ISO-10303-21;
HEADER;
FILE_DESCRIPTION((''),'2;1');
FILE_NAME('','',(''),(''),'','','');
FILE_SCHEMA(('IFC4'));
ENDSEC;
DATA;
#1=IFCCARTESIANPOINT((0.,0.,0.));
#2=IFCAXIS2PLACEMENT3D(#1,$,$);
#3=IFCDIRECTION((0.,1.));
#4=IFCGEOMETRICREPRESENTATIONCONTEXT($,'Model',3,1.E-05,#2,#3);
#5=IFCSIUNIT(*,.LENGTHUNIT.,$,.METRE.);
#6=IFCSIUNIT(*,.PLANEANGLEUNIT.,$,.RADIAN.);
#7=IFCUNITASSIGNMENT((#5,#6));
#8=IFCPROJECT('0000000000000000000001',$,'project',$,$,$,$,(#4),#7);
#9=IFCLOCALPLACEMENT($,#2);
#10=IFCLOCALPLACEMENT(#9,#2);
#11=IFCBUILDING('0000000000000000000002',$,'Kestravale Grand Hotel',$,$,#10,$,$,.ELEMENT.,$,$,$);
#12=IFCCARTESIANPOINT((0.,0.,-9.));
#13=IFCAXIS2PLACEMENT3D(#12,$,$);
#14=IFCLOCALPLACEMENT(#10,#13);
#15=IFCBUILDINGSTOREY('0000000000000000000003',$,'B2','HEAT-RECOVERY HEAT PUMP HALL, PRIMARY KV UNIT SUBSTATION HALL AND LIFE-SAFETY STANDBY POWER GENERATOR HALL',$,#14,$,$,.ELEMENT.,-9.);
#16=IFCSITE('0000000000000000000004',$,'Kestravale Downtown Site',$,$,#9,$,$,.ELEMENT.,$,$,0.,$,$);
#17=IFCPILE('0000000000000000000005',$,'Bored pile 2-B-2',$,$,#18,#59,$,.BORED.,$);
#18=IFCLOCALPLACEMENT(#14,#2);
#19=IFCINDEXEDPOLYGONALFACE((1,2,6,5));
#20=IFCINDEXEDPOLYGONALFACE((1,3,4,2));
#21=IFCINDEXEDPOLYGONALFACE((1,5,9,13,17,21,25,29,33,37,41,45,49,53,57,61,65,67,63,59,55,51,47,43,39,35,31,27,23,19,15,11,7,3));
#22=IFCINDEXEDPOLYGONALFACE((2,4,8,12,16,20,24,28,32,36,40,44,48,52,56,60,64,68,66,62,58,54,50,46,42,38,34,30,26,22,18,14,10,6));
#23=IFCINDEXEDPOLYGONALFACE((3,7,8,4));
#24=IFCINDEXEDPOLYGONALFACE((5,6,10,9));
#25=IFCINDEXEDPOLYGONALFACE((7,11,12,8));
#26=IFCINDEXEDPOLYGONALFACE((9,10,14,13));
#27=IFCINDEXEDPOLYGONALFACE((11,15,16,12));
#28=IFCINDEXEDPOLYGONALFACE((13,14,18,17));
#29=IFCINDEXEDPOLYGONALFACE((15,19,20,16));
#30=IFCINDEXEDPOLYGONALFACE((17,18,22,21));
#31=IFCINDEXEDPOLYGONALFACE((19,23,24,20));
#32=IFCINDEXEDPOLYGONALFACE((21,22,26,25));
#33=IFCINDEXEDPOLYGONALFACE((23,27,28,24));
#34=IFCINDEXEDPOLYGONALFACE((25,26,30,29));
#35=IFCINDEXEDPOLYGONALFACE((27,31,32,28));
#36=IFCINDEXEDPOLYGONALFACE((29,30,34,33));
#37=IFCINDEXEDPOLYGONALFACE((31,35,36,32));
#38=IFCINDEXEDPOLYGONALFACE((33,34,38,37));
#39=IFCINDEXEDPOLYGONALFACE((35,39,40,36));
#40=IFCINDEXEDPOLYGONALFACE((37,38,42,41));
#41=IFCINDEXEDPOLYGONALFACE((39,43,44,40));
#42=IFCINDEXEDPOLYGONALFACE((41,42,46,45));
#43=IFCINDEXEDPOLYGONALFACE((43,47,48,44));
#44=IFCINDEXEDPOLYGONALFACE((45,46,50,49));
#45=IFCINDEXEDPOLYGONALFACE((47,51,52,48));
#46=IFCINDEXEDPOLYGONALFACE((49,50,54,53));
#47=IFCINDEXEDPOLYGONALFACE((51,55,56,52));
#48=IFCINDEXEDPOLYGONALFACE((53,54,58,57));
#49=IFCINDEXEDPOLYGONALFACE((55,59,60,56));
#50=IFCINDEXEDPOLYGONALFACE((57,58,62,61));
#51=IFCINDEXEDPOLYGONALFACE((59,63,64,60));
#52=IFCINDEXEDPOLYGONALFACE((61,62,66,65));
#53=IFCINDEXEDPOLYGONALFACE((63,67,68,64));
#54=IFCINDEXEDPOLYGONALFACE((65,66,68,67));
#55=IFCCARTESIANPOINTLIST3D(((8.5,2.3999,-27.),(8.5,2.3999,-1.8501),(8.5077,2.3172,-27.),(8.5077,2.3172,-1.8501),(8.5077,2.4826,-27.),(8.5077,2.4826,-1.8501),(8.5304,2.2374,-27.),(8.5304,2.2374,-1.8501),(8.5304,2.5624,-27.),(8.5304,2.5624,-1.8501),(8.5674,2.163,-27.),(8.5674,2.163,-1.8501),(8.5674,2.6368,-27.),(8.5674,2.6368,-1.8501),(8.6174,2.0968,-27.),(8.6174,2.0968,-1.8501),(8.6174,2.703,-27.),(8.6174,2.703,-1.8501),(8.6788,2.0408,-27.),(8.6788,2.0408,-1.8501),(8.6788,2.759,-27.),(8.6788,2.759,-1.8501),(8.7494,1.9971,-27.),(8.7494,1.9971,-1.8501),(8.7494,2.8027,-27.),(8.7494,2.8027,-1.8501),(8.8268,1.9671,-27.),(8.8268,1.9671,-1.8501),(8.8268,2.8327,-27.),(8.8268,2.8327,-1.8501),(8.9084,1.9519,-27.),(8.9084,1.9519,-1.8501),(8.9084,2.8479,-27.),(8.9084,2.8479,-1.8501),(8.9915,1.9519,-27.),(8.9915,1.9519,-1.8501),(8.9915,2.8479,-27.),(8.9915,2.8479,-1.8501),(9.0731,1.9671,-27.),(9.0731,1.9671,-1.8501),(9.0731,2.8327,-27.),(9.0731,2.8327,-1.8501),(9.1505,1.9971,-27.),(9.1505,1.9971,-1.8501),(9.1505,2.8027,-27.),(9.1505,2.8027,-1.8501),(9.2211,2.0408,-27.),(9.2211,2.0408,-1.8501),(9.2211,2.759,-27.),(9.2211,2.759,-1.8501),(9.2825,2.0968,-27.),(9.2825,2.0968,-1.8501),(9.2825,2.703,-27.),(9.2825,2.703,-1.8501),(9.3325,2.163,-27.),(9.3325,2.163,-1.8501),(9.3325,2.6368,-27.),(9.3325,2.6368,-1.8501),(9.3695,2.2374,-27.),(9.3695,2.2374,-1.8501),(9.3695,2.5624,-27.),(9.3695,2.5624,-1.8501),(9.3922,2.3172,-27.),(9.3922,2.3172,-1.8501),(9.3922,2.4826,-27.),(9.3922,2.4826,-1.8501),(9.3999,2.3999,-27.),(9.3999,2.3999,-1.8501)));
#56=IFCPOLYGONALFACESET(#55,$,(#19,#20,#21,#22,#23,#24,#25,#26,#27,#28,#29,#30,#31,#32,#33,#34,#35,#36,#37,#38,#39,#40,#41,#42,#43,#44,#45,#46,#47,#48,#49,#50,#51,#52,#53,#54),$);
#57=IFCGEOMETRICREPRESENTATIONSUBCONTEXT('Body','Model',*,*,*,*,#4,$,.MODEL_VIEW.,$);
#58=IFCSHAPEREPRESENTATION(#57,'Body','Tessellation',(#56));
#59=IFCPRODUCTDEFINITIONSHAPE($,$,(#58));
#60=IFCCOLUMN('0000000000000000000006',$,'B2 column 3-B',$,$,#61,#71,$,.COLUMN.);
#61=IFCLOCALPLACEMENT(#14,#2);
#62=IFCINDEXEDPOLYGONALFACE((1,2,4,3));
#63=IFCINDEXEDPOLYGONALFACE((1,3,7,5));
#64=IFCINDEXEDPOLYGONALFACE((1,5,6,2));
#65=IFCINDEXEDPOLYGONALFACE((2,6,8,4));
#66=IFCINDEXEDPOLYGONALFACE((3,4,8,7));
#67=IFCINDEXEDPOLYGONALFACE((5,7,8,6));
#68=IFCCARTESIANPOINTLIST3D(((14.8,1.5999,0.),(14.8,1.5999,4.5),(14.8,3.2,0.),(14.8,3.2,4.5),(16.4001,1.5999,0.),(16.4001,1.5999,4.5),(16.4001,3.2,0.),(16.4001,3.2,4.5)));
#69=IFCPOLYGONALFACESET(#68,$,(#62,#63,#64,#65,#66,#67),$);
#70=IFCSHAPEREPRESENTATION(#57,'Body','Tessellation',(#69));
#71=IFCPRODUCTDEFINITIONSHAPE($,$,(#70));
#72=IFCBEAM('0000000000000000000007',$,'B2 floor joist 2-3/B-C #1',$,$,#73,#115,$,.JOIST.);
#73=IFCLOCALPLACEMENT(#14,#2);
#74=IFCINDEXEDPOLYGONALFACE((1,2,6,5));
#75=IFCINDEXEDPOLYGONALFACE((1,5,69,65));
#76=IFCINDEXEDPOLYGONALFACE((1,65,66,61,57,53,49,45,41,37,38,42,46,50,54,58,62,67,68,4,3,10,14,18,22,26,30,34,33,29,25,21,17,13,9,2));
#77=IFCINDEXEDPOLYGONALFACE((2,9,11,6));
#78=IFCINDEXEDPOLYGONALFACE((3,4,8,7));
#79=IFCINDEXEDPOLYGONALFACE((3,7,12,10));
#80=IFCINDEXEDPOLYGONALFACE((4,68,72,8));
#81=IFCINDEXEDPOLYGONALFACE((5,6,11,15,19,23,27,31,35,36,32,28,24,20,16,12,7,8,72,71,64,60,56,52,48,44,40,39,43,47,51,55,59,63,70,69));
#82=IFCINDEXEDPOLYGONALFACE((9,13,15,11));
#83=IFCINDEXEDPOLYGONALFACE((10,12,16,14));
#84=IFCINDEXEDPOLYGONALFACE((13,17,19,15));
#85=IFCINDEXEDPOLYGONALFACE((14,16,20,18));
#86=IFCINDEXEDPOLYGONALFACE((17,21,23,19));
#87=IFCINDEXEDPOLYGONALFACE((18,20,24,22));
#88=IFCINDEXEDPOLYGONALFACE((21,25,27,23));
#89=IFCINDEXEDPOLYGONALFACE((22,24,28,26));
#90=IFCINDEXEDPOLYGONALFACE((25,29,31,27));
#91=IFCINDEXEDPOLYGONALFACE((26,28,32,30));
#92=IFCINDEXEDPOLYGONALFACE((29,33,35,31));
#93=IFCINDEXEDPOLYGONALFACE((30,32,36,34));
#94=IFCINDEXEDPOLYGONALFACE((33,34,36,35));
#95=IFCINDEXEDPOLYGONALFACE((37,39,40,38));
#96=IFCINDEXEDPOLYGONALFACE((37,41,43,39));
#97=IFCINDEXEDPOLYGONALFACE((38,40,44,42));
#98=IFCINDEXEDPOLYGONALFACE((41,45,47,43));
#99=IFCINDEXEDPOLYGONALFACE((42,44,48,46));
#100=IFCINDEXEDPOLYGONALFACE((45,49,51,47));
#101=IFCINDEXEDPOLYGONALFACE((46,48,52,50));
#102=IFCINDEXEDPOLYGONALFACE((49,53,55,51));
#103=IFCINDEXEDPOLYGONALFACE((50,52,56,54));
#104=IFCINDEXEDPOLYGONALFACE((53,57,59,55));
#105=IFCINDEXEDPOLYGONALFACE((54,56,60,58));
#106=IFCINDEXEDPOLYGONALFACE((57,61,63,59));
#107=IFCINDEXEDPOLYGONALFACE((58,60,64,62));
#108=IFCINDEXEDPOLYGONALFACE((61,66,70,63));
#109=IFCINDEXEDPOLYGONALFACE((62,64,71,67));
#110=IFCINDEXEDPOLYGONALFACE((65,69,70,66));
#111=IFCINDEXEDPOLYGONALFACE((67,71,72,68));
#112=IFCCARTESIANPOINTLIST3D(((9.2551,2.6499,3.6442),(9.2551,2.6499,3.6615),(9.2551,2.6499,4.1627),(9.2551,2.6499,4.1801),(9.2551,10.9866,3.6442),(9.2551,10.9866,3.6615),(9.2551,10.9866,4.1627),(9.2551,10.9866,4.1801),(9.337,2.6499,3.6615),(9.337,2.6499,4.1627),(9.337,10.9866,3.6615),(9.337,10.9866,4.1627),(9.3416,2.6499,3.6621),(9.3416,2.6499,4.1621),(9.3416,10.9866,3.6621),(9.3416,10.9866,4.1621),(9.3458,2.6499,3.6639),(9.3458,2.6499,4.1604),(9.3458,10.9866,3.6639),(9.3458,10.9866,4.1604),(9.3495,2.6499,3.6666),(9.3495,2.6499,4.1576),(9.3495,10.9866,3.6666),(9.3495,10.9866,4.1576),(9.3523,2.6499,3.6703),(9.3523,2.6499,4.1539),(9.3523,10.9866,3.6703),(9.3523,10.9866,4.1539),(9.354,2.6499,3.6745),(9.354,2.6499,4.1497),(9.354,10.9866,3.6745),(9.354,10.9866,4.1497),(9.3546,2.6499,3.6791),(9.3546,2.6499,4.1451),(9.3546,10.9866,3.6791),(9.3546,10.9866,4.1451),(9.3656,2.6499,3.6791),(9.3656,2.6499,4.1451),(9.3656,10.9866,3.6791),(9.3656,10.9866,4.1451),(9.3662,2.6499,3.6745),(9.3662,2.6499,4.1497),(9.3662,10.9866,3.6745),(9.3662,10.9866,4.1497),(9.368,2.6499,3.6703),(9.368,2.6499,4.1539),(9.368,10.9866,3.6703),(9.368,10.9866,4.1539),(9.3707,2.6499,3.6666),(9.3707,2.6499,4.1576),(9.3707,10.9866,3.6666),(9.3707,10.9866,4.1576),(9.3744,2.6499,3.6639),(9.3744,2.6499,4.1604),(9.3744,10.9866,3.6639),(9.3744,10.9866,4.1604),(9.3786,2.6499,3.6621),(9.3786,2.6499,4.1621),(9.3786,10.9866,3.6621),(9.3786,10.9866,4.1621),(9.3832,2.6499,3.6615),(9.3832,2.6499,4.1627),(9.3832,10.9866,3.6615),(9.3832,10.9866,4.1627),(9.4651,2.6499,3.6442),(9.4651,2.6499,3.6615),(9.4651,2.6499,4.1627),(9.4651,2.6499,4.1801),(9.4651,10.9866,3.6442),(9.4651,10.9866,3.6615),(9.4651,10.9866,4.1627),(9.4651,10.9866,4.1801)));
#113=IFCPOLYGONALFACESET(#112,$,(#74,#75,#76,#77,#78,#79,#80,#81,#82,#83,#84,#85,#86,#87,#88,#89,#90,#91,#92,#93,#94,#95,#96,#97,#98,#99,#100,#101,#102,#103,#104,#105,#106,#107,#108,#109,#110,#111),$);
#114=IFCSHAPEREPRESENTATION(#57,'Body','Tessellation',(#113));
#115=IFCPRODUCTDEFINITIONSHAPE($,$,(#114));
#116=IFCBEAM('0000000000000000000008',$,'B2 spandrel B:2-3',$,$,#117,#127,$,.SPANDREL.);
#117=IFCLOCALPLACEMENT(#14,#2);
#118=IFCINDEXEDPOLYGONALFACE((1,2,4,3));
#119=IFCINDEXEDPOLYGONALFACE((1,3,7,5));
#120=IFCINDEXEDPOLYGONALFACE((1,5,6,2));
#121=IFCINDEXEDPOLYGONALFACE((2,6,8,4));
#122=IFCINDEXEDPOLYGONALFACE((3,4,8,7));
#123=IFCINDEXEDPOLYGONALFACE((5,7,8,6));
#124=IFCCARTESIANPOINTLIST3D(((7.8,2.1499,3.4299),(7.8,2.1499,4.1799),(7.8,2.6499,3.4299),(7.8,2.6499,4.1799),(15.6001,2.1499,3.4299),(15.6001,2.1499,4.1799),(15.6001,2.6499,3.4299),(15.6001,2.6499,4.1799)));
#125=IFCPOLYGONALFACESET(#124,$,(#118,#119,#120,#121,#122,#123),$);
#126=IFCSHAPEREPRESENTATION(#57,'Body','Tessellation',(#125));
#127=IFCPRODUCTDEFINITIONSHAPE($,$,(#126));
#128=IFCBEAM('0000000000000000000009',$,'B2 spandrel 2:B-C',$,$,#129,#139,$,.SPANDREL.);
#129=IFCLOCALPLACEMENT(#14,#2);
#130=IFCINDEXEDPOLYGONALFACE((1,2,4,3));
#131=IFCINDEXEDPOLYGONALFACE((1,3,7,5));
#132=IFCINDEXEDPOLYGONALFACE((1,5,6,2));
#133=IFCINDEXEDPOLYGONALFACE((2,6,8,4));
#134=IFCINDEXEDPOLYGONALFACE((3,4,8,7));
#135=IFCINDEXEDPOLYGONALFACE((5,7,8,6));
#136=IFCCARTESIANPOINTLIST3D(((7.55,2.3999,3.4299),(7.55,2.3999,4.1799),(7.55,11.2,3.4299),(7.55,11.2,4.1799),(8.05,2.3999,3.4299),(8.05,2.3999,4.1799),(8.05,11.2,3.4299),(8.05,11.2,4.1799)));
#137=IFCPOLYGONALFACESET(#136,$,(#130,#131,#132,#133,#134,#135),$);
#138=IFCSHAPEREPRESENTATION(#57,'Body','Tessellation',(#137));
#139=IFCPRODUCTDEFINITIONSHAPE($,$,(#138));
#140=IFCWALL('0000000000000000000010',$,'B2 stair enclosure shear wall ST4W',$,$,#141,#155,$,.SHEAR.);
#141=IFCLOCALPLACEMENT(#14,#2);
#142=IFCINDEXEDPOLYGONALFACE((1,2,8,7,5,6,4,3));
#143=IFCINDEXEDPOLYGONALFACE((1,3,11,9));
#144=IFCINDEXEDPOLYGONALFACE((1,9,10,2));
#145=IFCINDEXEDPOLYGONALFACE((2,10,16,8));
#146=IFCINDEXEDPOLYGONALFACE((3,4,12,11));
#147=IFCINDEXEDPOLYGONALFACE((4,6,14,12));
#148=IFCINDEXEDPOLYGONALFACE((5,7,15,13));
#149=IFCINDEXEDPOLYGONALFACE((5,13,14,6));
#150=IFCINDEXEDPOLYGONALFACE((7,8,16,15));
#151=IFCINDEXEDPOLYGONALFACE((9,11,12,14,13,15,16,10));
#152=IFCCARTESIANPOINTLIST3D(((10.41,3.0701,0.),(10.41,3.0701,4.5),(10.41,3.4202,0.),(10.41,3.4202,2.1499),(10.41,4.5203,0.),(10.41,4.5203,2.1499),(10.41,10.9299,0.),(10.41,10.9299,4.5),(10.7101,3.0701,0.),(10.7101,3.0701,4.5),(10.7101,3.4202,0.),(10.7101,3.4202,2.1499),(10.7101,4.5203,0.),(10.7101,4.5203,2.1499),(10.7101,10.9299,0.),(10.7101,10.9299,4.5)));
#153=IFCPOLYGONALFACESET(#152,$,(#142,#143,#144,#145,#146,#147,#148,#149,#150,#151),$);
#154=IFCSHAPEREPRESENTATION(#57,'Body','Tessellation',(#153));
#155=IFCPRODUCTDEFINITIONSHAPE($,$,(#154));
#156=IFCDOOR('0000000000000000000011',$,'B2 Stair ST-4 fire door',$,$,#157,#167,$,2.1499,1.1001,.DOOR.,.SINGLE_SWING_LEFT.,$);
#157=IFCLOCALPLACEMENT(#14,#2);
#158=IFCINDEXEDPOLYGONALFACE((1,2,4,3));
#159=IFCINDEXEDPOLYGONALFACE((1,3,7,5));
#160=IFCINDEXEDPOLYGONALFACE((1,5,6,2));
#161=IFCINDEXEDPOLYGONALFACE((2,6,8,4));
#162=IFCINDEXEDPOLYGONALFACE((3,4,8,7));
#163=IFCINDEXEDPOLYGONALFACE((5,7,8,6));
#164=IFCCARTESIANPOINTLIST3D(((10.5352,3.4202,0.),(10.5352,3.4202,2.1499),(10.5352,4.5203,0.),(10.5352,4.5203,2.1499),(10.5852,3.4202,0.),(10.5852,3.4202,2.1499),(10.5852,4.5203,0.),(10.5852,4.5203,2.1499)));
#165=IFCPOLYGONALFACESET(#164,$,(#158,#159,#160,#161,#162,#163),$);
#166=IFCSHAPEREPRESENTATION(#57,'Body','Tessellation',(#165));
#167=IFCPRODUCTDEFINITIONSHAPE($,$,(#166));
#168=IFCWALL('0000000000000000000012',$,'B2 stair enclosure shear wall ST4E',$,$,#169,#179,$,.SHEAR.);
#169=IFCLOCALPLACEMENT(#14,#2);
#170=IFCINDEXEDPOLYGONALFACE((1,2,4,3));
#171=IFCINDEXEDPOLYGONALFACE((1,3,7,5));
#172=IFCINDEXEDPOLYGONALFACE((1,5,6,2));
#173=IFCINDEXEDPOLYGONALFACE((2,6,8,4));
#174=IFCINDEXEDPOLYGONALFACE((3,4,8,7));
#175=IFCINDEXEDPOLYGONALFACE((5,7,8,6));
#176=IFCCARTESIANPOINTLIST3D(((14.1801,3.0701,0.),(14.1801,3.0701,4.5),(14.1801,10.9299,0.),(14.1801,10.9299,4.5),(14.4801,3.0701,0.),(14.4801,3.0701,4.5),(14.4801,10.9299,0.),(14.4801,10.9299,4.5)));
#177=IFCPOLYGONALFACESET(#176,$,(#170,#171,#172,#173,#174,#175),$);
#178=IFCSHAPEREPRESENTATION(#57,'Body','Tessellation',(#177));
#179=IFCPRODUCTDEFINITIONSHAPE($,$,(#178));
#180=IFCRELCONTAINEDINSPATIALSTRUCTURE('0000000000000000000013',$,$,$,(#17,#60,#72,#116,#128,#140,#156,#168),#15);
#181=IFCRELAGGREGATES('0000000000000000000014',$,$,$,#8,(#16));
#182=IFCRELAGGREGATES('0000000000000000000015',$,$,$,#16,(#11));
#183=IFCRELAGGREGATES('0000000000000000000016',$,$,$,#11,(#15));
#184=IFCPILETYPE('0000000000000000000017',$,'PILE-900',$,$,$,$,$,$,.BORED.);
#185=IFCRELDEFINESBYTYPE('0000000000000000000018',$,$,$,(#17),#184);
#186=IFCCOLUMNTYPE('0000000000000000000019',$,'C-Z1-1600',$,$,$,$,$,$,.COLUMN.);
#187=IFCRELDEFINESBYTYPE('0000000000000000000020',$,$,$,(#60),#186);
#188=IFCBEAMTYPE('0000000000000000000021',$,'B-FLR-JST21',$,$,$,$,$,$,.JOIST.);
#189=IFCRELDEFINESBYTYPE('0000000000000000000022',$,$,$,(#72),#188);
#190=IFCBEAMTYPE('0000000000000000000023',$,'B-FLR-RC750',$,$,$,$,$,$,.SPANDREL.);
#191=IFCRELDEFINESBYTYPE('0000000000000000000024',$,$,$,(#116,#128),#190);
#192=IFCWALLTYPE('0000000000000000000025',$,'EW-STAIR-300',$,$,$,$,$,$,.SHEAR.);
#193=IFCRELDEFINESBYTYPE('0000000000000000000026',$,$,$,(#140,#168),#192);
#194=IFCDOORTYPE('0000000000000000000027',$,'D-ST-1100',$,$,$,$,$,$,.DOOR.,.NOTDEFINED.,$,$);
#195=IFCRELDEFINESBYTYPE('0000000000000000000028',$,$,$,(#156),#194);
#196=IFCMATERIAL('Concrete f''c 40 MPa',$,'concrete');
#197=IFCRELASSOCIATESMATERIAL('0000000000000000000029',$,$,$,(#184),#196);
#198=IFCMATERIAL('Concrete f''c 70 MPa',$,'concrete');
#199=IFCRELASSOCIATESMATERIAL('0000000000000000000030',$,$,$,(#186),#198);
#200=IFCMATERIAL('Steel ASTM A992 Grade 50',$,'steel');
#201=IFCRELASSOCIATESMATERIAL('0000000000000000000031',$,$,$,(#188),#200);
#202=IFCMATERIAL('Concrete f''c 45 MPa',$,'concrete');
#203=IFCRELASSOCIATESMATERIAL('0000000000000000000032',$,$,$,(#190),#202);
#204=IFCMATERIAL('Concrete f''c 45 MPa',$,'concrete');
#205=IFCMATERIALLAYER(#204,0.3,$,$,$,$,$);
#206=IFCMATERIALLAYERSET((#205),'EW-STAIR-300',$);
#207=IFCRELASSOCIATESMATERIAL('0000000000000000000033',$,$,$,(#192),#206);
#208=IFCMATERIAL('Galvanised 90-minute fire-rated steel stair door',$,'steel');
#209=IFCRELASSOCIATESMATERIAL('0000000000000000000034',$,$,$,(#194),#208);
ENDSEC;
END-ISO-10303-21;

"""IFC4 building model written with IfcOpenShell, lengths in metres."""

from ifc_helpers import new_model, si_unit, direction, frame, frame_2d, origin, origin_2d, place, context, subcontext, project, spatial, rectangle, circle, i_section, extrude, material, layer, layer_set, material_profile, profile_set, type_object, element, fill, save


model = new_model("IFC4")

# Units and contexts
model_context = context("Model", 3, precision=1e-05, world=origin(), true_north=direction((0.0, 1.0)))
body_context = subcontext(model_context, "Body", "Model", "MODEL_VIEW")
ifc_project = project(units=[si_unit("LENGTHUNIT", "METRE"), si_unit("PLANEANGLEUNIT", "RADIAN")], contexts=[model_context])

# Site, building, storey
site_placement = place(None, origin())
site = spatial("IfcSite", under=ifc_project, at=site_placement, Name="Kestravale Downtown Site", CompositionType="ELEMENT", RefElevation=0.0)
building_placement = place(site_placement, origin())
building = spatial("IfcBuilding", under=site, at=building_placement, Name="Kestravale Grand Hotel", CompositionType="ELEMENT")
storey_placement = place(building_placement, frame((0.0, 0.0, -9.0)))
storey = spatial("IfcBuildingStorey", under=building, at=storey_placement, Name="B2", Description="HEAT-RECOVERY HEAT PUMP HALL, PRIMARY KV UNIT SUBSTATION HALL AND LIFE-SAFETY STANDBY POWER GENERATOR HALL", CompositionType="ELEMENT", Elevation=-9.0)

# Pile
ifc_material_1 = material(Name="Concrete f'c 40 MPa", Category="concrete")
ifc_material_profile_1 = material_profile(ifc_material_1, circle(Radius=0.45, at=origin_2d()))
ifc_profile_set_1 = profile_set([ifc_material_profile_1], Name="Concrete f'c 40 MPa")
pile_type_1 = type_object("IfcPileType", Name="PILE-900", PredefinedType="BORED", material=ifc_profile_set_1)
pile_placement = place(storey_placement, frame((8.95, 2.3999, -1.8501), z_axis=(0.0, 0.0, -1.0), x_axis=(1.0, 0.0, 0.0)))
element("IfcPile", 1, at=pile_placement, inside=storey, type_object=pile_type_1, Name="Bored pile 2-B-2", PredefinedType="BORED", context=body_context, shape_type="SweptSolid", body=[
    extrude(circle(Radius=0.45, at=origin_2d()), origin(), (0.0, 0.0, 1.0), 25.1499),
])

# Column
ifc_material_2 = material(Name="Concrete f'c 70 MPa", Category="concrete")
ifc_material_profile_2 = material_profile(ifc_material_2, rectangle(XDim=1.6001, YDim=1.6001, at=origin_2d()))
ifc_profile_set_2 = profile_set([ifc_material_profile_2], Name="Concrete f'c 70 MPa")
column_type = type_object("IfcColumnType", Name="C-Z1-1600", PredefinedType="COLUMN", material=ifc_profile_set_2)
column_placement = place(storey_placement, frame((15.6001, 2.3999, 0.0), z_axis=(0.0, 0.0, 1.0), x_axis=(1.0, 0.0, 0.0)))
element("IfcColumn", 2, at=column_placement, inside=storey, type_object=column_type, Name="B2 column 3-B", PredefinedType="COLUMN", context=body_context, shape_type="SweptSolid", body=[
    extrude(rectangle(XDim=1.6001, YDim=1.6001, at=origin_2d()), origin(), (0.0, 0.0, 1.0), 4.5),
])

# Beams
ifc_material_3 = material(Name="Steel ASTM A992 Grade 50", Category="steel")
ifc_material_profile_3 = material_profile(ifc_material_3, i_section(OverallWidth=0.21, OverallDepth=0.5359, WebThickness=0.011, FlangeThickness=0.0173, FilletRadius=0.0176, at=origin_2d()))
ifc_profile_set_3 = profile_set([ifc_material_profile_3], Name="Steel ASTM A992 Grade 50")
beam_type_1 = type_object("IfcBeamType", Name="B-FLR-JST21", PredefinedType="JOIST", material=ifc_profile_set_3)
beam_1_placement = place(storey_placement, frame((9.3601, 2.6499, 3.9121), z_axis=(0.0, 1.0, 0.0), x_axis=(-1.0, 0.0, 0.0)))
element("IfcBeam", 3, at=beam_1_placement, inside=storey, type_object=beam_type_1, Name="B2 floor joist 2-3/B-C #1", PredefinedType="JOIST", context=body_context, shape_type="SweptSolid", body=[
    extrude(i_section(OverallWidth=0.21, OverallDepth=0.5359, WebThickness=0.011, FlangeThickness=0.0173, FilletRadius=0.0176, at=origin_2d()), origin(), (0.0, 0.0, 1.0), 8.3367),
])
ifc_material_4 = material(Name="Concrete f'c 45 MPa", Category="concrete")
ifc_material_profile_4 = material_profile(ifc_material_4, rectangle(XDim=0.5, YDim=0.75, at=origin_2d()))
ifc_profile_set_4 = profile_set([ifc_material_profile_4], Name="Concrete f'c 45 MPa")
beam_type_2 = type_object("IfcBeamType", Name="B-FLR-RC750", PredefinedType="SPANDREL", material=ifc_profile_set_4)
beam_2_placement = place(storey_placement, frame((7.8, 2.3999, 3.8049), z_axis=(1.0, 0.0, 0.0), x_axis=(0.0, 1.0, 0.0)))
element("IfcBeam", 4, at=beam_2_placement, inside=storey, type_object=beam_type_2, Name="B2 spandrel B:2-3", PredefinedType="SPANDREL", context=body_context, shape_type="SweptSolid", body=[
    extrude(rectangle(XDim=0.5, YDim=0.75, at=origin_2d()), origin(), (0.0, 0.0, 1.0), 7.8),
])
beam_3_placement = place(storey_placement, frame((7.8, 2.3999, 3.8049), z_axis=(0.0, 1.0, 0.0), x_axis=(-1.0, 0.0, 0.0)))
element("IfcBeam", 5, at=beam_3_placement, inside=storey, type_object=beam_type_2, Name="B2 spandrel 2:B-C", PredefinedType="SPANDREL", context=body_context, shape_type="SweptSolid", body=[
    extrude(rectangle(XDim=0.5, YDim=0.75, at=origin_2d()), origin(), (0.0, 0.0, 1.0), 8.8),
])

# Wall, opening, door
ifc_material_5 = material(Name="Concrete f'c 45 MPa", Category="concrete")
ifc_layer_1 = layer(ifc_material_5, 0.3)
ifc_layer_set_1 = layer_set([ifc_layer_1], Name="EW-STAIR-300")
wall_type_1 = type_object("IfcWallType", Name="EW-STAIR-300", PredefinedType="SHEAR", material=ifc_layer_set_1)
wall_1_placement = place(storey_placement, frame((10.5601, 3.0701, 0.0), z_axis=(0.0, 0.0, 1.0), x_axis=(0.0, 1.0, 0.0)))
wall_1 = element("IfcWall", 6, at=wall_1_placement, inside=storey, type_object=wall_type_1, Name="B2 stair enclosure shear wall ST4W", PredefinedType="SHEAR", context=body_context, shape_type="SweptSolid", body=[
    extrude(rectangle(XDim=7.8599, YDim=0.3, at=frame_2d((3.9299, 0.0))), origin(), (0.0, 0.0, 1.0), 4.5),
])
opening_placement = place(wall_1_placement, frame((0.3501, 0.0, 0.0)))
opening = element("IfcOpeningElement", 7, at=opening_placement, cuts=wall_1, PredefinedType="OPENING", context=body_context, shape_type="SweptSolid", body=[
    extrude(rectangle(XDim=1.1001, YDim=2.1499, at=frame_2d((0.55, 1.075))), frame((0.0, 0.1599, 0.0), z_axis=(0.0, -1.0, 0.0), x_axis=(1.0, 0.0, 0.0)), (0.0, 0.0, 1.0), 0.3201),
])
ifc_material_6 = material(Name="Galvanised 90-minute fire-rated steel stair door", Category="steel")
door_type = type_object("IfcDoorType", Name="D-ST-1100", OperationType="NOTDEFINED", PredefinedType="DOOR", material=ifc_material_6)
door_placement = place(opening_placement, origin())
door = element("IfcDoor", 8, at=door_placement, inside=storey, type_object=door_type, Name="B2 Stair ST-4 fire door", OperationType="SINGLE_SWING_LEFT", OverallHeight=2.1499, OverallWidth=1.1001, PredefinedType="DOOR", context=body_context, shape_type="SweptSolid", body=[
    extrude(rectangle(XDim=1.1001, YDim=2.1499, at=frame_2d((0.55, 1.075))), frame((0.0, 0.0249, 0.0), z_axis=(0.0, -1.0, 0.0), x_axis=(1.0, 0.0, 0.0)), (0.0, 0.0, 1.0), 0.05),
])
fill(opening, door)

# Wall
wall_2_placement = place(storey_placement, frame((14.3301, 3.0701, 0.0), z_axis=(0.0, 0.0, 1.0), x_axis=(0.0, 1.0, 0.0)))
element("IfcWall", 9, at=wall_2_placement, inside=storey, type_object=wall_type_1, Name="B2 stair enclosure shear wall ST4E", PredefinedType="SHEAR", context=body_context, shape_type="SweptSolid", body=[
    extrude(rectangle(XDim=7.8599, YDim=0.3, at=frame_2d((3.9299, 0.0))), origin(), (0.0, 0.0, 1.0), 4.5),
])

save(model, "model.ifc")
